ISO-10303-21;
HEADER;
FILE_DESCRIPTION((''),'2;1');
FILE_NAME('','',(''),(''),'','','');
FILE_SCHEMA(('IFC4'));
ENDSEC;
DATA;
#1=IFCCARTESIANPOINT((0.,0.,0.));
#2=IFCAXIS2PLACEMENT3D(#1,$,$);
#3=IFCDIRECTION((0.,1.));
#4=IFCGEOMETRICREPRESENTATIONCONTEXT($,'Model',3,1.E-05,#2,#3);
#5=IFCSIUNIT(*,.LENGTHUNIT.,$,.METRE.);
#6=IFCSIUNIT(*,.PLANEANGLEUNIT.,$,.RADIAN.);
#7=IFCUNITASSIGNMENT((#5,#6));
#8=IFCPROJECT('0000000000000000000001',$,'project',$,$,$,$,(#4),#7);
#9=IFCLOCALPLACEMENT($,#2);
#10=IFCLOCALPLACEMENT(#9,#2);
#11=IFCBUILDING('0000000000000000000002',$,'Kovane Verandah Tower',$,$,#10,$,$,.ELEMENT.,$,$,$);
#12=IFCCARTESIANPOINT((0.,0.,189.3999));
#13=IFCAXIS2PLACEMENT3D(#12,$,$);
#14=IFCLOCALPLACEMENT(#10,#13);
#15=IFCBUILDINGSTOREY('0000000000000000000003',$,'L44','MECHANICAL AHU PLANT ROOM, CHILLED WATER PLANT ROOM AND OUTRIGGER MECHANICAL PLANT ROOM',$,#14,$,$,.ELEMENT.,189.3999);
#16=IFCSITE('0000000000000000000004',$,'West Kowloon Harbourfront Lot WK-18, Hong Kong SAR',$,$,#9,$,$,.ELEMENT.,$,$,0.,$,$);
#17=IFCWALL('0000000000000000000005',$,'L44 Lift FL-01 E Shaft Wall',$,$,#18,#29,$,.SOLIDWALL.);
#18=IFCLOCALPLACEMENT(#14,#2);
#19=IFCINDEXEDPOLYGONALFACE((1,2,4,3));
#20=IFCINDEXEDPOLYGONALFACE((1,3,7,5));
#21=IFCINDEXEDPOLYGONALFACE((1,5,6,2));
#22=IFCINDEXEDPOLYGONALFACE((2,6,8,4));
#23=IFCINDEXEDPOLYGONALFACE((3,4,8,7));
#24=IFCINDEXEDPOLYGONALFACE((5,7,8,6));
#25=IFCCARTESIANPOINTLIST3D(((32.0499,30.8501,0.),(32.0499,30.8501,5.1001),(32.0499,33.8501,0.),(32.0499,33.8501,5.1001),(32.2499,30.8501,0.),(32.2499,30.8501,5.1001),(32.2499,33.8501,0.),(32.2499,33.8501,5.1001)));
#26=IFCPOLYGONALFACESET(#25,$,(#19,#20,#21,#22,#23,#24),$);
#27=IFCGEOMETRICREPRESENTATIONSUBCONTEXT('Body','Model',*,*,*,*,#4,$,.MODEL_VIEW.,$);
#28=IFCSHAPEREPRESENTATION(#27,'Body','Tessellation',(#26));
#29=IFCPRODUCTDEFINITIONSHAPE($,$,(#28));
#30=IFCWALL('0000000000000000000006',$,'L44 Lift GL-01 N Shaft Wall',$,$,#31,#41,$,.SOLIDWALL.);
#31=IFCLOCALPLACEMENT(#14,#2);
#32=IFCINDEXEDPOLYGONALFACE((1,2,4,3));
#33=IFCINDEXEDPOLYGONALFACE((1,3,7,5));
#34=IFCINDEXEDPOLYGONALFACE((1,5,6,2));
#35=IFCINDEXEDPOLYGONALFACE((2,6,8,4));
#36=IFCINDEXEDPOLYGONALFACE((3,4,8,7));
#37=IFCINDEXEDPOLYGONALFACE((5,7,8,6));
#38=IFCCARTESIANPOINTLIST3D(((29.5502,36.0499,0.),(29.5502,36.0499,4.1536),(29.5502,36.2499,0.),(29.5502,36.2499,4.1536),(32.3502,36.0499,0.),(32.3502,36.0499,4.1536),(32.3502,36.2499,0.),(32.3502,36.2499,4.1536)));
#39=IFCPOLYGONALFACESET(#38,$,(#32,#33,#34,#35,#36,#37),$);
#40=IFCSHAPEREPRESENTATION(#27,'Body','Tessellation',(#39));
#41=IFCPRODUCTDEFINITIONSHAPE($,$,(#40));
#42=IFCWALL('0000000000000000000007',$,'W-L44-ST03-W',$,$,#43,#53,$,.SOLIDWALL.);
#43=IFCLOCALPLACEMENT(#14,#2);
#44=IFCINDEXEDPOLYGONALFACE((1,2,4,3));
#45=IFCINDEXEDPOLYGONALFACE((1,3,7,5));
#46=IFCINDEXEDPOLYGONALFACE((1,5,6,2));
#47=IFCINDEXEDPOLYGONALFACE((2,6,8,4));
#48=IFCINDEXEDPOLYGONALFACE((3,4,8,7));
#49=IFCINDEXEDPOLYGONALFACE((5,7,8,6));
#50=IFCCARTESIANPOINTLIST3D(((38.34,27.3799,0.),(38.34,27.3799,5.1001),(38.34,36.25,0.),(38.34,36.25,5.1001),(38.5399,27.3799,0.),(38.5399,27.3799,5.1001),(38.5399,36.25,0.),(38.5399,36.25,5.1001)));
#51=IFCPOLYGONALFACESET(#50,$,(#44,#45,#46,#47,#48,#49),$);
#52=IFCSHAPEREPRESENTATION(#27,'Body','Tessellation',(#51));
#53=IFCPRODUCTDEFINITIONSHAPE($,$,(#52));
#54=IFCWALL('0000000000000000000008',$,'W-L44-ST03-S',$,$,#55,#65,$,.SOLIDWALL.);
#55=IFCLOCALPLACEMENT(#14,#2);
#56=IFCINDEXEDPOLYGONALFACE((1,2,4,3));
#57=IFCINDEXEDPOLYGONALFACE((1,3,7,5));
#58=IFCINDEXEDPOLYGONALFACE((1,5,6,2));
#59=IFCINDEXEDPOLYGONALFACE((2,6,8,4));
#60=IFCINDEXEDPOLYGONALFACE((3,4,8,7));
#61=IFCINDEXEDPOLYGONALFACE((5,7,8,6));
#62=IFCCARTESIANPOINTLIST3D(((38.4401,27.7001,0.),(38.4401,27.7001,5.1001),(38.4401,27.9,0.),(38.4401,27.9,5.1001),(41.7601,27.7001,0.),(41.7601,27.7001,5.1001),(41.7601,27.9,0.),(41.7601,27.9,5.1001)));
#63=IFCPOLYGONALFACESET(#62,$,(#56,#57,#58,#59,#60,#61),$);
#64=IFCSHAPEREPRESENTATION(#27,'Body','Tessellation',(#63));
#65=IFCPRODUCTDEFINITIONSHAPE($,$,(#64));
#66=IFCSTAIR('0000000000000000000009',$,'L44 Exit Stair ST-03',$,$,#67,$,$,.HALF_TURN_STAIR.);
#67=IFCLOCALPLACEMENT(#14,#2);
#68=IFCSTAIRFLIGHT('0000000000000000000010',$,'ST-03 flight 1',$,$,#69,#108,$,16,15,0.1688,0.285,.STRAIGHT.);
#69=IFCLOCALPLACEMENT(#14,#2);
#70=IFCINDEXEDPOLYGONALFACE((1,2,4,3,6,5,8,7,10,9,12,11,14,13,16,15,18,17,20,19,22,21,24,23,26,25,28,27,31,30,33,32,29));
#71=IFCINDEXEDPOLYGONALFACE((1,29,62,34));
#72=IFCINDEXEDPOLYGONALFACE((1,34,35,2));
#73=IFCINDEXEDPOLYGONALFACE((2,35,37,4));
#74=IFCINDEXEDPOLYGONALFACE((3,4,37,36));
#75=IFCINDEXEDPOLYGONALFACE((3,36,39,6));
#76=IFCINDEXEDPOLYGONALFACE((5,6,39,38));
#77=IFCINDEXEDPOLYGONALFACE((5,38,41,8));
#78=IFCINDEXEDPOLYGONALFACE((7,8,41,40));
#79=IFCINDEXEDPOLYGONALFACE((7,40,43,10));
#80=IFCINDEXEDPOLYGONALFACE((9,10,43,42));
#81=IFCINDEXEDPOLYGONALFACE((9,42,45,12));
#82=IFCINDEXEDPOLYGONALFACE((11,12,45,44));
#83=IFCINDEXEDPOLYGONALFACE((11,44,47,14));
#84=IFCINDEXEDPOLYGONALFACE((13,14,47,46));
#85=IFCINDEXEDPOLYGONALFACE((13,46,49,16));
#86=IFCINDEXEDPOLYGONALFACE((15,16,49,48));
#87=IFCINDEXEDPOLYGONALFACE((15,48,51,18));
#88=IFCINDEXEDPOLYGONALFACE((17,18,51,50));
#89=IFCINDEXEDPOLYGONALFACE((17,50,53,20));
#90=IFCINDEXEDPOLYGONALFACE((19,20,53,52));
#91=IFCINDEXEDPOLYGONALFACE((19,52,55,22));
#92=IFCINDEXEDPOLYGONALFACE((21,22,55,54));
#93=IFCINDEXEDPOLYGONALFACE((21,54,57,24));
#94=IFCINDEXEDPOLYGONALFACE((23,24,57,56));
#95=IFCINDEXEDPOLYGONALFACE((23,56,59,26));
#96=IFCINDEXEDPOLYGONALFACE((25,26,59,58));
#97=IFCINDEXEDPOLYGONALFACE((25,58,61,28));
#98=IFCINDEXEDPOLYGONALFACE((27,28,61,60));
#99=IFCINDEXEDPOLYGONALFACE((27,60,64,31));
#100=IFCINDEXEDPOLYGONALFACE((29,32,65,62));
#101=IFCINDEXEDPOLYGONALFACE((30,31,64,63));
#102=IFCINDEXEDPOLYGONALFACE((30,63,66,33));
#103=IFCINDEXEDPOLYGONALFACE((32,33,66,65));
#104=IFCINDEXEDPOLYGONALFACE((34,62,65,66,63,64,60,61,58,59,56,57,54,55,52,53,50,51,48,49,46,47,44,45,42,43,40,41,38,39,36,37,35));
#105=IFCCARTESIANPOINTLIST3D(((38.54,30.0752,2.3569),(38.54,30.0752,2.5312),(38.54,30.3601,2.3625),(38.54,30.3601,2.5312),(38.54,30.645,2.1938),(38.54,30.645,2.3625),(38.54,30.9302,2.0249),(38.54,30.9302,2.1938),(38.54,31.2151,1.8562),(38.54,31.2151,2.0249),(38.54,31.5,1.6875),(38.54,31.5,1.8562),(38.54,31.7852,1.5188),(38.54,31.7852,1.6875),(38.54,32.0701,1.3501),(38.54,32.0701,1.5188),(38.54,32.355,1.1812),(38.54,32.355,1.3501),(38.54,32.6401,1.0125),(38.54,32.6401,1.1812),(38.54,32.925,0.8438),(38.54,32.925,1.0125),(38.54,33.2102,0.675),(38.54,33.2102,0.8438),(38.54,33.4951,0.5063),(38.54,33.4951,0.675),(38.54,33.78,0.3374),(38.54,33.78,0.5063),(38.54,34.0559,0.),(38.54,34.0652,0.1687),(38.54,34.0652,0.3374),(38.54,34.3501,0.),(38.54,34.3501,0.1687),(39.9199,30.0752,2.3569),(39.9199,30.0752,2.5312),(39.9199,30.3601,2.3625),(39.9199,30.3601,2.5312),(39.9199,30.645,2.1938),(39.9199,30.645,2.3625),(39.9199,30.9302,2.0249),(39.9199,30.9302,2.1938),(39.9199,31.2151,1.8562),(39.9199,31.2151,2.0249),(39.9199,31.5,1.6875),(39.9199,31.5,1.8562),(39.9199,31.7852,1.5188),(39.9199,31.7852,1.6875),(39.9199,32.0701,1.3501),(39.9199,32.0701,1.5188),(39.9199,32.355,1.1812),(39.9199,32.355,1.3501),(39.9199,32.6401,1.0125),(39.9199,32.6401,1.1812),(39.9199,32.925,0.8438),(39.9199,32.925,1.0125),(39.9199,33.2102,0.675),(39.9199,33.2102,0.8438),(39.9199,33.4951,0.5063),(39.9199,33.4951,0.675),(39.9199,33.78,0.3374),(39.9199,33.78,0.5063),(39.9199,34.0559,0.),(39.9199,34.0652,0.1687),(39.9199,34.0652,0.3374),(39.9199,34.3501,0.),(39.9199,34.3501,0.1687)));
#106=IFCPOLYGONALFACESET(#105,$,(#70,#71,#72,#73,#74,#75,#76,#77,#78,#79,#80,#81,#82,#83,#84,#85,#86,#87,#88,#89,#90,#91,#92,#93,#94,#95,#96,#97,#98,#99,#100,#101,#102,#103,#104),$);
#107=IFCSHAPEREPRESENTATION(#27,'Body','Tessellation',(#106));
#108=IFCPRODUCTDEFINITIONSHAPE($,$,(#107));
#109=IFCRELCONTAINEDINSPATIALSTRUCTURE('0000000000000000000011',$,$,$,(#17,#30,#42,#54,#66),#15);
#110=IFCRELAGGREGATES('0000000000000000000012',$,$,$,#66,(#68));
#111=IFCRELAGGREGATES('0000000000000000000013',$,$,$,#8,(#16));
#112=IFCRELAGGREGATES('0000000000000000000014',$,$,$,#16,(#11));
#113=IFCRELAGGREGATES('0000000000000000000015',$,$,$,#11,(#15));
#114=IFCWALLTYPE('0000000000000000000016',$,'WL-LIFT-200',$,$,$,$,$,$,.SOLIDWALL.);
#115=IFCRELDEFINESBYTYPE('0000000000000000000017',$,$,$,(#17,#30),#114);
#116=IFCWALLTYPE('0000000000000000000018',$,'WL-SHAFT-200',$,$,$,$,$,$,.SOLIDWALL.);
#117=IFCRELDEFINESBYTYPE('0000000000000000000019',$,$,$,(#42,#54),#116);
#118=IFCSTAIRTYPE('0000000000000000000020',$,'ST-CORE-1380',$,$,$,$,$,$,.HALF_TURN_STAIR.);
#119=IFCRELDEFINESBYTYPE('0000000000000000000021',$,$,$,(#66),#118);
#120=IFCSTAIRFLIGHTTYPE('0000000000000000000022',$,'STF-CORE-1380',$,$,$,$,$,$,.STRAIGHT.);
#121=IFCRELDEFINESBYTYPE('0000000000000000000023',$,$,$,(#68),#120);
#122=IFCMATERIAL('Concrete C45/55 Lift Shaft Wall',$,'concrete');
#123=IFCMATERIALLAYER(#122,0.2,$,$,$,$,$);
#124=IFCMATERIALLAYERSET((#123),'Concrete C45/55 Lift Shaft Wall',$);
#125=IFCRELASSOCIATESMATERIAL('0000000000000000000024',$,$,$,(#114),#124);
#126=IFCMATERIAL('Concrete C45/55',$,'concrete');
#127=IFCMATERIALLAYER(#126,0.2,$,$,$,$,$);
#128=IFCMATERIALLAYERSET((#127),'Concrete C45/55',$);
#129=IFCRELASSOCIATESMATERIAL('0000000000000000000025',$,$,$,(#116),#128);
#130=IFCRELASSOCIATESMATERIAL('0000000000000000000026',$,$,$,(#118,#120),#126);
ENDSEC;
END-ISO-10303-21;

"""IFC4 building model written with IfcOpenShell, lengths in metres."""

from ifc_helpers import new_model, si_unit, direction, frame, frame_2d, origin, place, context, subcontext, project, spatial, polyline, rectangle, outline, extrude, material, layer, layer_set, type_object, element, aggregate, save


model = new_model("IFC4")

# Units and contexts
model_context = context("Model", 3, precision=1e-05, world=origin(), true_north=direction((0.0, 1.0)))
body_context = subcontext(model_context, "Body", "Model", "MODEL_VIEW")
ifc_project = project(units=[si_unit("LENGTHUNIT", "METRE"), si_unit("PLANEANGLEUNIT", "RADIAN")], contexts=[model_context])

# Site, building, storey
site_placement = place(None, origin())
site = spatial("IfcSite", under=ifc_project, at=site_placement, Name="West Kowloon Harbourfront Lot WK-18, Hong Kong SAR", CompositionType="ELEMENT", RefElevation=0.0)
building_placement = place(site_placement, origin())
building = spatial("IfcBuilding", under=site, at=building_placement, Name="Kovane Verandah Tower", CompositionType="ELEMENT")
storey_placement = place(building_placement, frame((0.0, 0.0, 189.3999)))
storey = spatial("IfcBuildingStorey", under=building, at=storey_placement, Name="L44", Description="MECHANICAL AHU PLANT ROOM, CHILLED WATER PLANT ROOM AND OUTRIGGER MECHANICAL PLANT ROOM", CompositionType="ELEMENT", Elevation=189.3999)

# Shared definitions
ifc_material_1 = material(Name="Concrete C45/55 Lift Shaft Wall", Category="concrete")
ifc_layer_1 = layer(ifc_material_1, 0.2)
ifc_layer_set_1 = layer_set([ifc_layer_1], Name="Concrete C45/55 Lift Shaft Wall")
wall_type_1 = type_object("IfcWallType", Name="WL-LIFT-200", PredefinedType="SOLIDWALL", material=ifc_layer_set_1)

# Walls
wall_1_placement = place(storey_placement, frame((32.1499, 30.8501, 0.0), z_axis=(0.0, 0.0, 1.0), x_axis=(0.0, 1.0, 0.0)))
element("IfcWall", 1, at=wall_1_placement, inside=storey, type_object=wall_type_1, Name="L44 Lift FL-01 E Shaft Wall", PredefinedType="SOLIDWALL", context=body_context, shape_type="SweptSolid", body=[
    extrude(rectangle(XDim=3.0, YDim=0.2, at=frame_2d((1.5, 0.0))), origin(), (0.0, 0.0, 1.0), 5.1001),
])
wall_2_placement = place(storey_placement, frame((32.3501, 36.1499, 0.0), z_axis=(0.0, 0.0, 1.0), x_axis=(-1.0, 0.0, 0.0)))
element("IfcWall", 2, at=wall_2_placement, inside=storey, type_object=wall_type_1, Name="L44 Lift GL-01 N Shaft Wall", PredefinedType="SOLIDWALL", context=body_context, shape_type="SweptSolid", body=[
    extrude(rectangle(XDim=2.8, YDim=0.2, at=frame_2d((1.3999, 0.0))), origin(), (0.0, 0.0, 1.0), 4.1536),
])

# Shared definitions
ifc_material_2 = material(Name="Concrete C45/55", Category="concrete")
ifc_layer_2 = layer(ifc_material_2, 0.2)
ifc_layer_set_2 = layer_set([ifc_layer_2], Name="Concrete C45/55")
wall_type_2 = type_object("IfcWallType", Name="WL-SHAFT-200", PredefinedType="SOLIDWALL", material=ifc_layer_set_2)

# Walls
wall_3_placement = place(storey_placement, frame((38.4399, 27.3799, 0.0), z_axis=(0.0, 0.0, 1.0), x_axis=(0.0, 1.0, 0.0)))
element("IfcWall", 3, at=wall_3_placement, inside=storey, type_object=wall_type_2, Name="W-L44-ST03-W", PredefinedType="SOLIDWALL", context=body_context, shape_type="SweptSolid", body=[
    extrude(rectangle(XDim=8.8701, YDim=0.2, at=frame_2d((4.4351, 0.0))), origin(), (0.0, 0.0, 1.0), 5.1001),
])
wall_4_placement = place(storey_placement, frame((38.4399, 27.8, 0.0), z_axis=(0.0, 0.0, 1.0), x_axis=(1.0, 0.0, 0.0)))
element("IfcWall", 4, at=wall_4_placement, inside=storey, type_object=wall_type_2, Name="W-L44-ST03-S", PredefinedType="SOLIDWALL", context=body_context, shape_type="SweptSolid", body=[
    extrude(rectangle(XDim=3.3201, YDim=0.2, at=frame_2d((1.6602, 0.0))), origin(), (0.0, 0.0, 1.0), 5.1001),
])

# Stair, stair flight
stair_type = type_object("IfcStairType", Name="ST-CORE-1380", PredefinedType="HALF_TURN_STAIR", material=ifc_material_2)
stair_placement = place(storey_placement, origin())
stair = element("IfcStair", 5, at=stair_placement, inside=storey, type_object=stair_type, Name="L44 Exit Stair ST-03", PredefinedType="HALF_TURN_STAIR")
stair_flight_type = type_object("IfcStairFlightType", Name="STF-CORE-1380", PredefinedType="STRAIGHT", material=ifc_material_2)
stair_flight_placement = place(storey_placement, frame((39.23, 34.3501, 0.0), z_axis=(0.0, 0.0, 1.0), x_axis=(0.0, -1.0, 0.0)))
stair_flight = element("IfcStairFlight", 6, at=stair_flight_placement, type_object=stair_flight_type, Name="ST-03 flight 1", NumberOfRisers=16, NumberOfTreads=15, PredefinedType="STRAIGHT", RiserHeight=0.1688, TreadLength=0.285, context=body_context, shape_type="SweptSolid", body=[
    extrude(outline(polyline([(0.0, 0.0), (0.0, 0.1687), (0.2849, 0.1687), (0.2849, 0.3374), (0.5701, 0.3374), (0.5701, 0.5063), (0.855, 0.5063), (0.855, 0.675), (1.1399, 0.675), (1.1399, 0.8438), (1.425, 0.8438), (1.425, 1.0125), (1.71, 1.0125), (1.71, 1.1812), (1.9951, 1.1812), (1.9951, 1.3501), (2.28, 1.3501), (2.28, 1.5188), (2.5649, 1.5188), (2.5649, 1.6875), (2.8501, 1.6875), (2.8501, 1.8562), (3.135, 1.8562), (3.135, 2.0249), (3.4199, 2.0249), (3.4199, 2.1938), (3.7051, 2.1938), (3.7051, 2.3625), (3.99, 2.3625), (3.99, 2.5312), (4.2749, 2.5312), (4.2749, 2.7), (4.2749, 2.3569), (0.2942, 0.0), (0.0, 0.0)])), frame((0.0, 0.6899, 0.0), z_axis=(0.0, -1.0, 0.0), x_axis=(1.0, 0.0, 0.0)), (0.0, 0.0, 1.0), 1.3799),
])
aggregate(stair, [stair_flight])

save(model, "model.ifc")
